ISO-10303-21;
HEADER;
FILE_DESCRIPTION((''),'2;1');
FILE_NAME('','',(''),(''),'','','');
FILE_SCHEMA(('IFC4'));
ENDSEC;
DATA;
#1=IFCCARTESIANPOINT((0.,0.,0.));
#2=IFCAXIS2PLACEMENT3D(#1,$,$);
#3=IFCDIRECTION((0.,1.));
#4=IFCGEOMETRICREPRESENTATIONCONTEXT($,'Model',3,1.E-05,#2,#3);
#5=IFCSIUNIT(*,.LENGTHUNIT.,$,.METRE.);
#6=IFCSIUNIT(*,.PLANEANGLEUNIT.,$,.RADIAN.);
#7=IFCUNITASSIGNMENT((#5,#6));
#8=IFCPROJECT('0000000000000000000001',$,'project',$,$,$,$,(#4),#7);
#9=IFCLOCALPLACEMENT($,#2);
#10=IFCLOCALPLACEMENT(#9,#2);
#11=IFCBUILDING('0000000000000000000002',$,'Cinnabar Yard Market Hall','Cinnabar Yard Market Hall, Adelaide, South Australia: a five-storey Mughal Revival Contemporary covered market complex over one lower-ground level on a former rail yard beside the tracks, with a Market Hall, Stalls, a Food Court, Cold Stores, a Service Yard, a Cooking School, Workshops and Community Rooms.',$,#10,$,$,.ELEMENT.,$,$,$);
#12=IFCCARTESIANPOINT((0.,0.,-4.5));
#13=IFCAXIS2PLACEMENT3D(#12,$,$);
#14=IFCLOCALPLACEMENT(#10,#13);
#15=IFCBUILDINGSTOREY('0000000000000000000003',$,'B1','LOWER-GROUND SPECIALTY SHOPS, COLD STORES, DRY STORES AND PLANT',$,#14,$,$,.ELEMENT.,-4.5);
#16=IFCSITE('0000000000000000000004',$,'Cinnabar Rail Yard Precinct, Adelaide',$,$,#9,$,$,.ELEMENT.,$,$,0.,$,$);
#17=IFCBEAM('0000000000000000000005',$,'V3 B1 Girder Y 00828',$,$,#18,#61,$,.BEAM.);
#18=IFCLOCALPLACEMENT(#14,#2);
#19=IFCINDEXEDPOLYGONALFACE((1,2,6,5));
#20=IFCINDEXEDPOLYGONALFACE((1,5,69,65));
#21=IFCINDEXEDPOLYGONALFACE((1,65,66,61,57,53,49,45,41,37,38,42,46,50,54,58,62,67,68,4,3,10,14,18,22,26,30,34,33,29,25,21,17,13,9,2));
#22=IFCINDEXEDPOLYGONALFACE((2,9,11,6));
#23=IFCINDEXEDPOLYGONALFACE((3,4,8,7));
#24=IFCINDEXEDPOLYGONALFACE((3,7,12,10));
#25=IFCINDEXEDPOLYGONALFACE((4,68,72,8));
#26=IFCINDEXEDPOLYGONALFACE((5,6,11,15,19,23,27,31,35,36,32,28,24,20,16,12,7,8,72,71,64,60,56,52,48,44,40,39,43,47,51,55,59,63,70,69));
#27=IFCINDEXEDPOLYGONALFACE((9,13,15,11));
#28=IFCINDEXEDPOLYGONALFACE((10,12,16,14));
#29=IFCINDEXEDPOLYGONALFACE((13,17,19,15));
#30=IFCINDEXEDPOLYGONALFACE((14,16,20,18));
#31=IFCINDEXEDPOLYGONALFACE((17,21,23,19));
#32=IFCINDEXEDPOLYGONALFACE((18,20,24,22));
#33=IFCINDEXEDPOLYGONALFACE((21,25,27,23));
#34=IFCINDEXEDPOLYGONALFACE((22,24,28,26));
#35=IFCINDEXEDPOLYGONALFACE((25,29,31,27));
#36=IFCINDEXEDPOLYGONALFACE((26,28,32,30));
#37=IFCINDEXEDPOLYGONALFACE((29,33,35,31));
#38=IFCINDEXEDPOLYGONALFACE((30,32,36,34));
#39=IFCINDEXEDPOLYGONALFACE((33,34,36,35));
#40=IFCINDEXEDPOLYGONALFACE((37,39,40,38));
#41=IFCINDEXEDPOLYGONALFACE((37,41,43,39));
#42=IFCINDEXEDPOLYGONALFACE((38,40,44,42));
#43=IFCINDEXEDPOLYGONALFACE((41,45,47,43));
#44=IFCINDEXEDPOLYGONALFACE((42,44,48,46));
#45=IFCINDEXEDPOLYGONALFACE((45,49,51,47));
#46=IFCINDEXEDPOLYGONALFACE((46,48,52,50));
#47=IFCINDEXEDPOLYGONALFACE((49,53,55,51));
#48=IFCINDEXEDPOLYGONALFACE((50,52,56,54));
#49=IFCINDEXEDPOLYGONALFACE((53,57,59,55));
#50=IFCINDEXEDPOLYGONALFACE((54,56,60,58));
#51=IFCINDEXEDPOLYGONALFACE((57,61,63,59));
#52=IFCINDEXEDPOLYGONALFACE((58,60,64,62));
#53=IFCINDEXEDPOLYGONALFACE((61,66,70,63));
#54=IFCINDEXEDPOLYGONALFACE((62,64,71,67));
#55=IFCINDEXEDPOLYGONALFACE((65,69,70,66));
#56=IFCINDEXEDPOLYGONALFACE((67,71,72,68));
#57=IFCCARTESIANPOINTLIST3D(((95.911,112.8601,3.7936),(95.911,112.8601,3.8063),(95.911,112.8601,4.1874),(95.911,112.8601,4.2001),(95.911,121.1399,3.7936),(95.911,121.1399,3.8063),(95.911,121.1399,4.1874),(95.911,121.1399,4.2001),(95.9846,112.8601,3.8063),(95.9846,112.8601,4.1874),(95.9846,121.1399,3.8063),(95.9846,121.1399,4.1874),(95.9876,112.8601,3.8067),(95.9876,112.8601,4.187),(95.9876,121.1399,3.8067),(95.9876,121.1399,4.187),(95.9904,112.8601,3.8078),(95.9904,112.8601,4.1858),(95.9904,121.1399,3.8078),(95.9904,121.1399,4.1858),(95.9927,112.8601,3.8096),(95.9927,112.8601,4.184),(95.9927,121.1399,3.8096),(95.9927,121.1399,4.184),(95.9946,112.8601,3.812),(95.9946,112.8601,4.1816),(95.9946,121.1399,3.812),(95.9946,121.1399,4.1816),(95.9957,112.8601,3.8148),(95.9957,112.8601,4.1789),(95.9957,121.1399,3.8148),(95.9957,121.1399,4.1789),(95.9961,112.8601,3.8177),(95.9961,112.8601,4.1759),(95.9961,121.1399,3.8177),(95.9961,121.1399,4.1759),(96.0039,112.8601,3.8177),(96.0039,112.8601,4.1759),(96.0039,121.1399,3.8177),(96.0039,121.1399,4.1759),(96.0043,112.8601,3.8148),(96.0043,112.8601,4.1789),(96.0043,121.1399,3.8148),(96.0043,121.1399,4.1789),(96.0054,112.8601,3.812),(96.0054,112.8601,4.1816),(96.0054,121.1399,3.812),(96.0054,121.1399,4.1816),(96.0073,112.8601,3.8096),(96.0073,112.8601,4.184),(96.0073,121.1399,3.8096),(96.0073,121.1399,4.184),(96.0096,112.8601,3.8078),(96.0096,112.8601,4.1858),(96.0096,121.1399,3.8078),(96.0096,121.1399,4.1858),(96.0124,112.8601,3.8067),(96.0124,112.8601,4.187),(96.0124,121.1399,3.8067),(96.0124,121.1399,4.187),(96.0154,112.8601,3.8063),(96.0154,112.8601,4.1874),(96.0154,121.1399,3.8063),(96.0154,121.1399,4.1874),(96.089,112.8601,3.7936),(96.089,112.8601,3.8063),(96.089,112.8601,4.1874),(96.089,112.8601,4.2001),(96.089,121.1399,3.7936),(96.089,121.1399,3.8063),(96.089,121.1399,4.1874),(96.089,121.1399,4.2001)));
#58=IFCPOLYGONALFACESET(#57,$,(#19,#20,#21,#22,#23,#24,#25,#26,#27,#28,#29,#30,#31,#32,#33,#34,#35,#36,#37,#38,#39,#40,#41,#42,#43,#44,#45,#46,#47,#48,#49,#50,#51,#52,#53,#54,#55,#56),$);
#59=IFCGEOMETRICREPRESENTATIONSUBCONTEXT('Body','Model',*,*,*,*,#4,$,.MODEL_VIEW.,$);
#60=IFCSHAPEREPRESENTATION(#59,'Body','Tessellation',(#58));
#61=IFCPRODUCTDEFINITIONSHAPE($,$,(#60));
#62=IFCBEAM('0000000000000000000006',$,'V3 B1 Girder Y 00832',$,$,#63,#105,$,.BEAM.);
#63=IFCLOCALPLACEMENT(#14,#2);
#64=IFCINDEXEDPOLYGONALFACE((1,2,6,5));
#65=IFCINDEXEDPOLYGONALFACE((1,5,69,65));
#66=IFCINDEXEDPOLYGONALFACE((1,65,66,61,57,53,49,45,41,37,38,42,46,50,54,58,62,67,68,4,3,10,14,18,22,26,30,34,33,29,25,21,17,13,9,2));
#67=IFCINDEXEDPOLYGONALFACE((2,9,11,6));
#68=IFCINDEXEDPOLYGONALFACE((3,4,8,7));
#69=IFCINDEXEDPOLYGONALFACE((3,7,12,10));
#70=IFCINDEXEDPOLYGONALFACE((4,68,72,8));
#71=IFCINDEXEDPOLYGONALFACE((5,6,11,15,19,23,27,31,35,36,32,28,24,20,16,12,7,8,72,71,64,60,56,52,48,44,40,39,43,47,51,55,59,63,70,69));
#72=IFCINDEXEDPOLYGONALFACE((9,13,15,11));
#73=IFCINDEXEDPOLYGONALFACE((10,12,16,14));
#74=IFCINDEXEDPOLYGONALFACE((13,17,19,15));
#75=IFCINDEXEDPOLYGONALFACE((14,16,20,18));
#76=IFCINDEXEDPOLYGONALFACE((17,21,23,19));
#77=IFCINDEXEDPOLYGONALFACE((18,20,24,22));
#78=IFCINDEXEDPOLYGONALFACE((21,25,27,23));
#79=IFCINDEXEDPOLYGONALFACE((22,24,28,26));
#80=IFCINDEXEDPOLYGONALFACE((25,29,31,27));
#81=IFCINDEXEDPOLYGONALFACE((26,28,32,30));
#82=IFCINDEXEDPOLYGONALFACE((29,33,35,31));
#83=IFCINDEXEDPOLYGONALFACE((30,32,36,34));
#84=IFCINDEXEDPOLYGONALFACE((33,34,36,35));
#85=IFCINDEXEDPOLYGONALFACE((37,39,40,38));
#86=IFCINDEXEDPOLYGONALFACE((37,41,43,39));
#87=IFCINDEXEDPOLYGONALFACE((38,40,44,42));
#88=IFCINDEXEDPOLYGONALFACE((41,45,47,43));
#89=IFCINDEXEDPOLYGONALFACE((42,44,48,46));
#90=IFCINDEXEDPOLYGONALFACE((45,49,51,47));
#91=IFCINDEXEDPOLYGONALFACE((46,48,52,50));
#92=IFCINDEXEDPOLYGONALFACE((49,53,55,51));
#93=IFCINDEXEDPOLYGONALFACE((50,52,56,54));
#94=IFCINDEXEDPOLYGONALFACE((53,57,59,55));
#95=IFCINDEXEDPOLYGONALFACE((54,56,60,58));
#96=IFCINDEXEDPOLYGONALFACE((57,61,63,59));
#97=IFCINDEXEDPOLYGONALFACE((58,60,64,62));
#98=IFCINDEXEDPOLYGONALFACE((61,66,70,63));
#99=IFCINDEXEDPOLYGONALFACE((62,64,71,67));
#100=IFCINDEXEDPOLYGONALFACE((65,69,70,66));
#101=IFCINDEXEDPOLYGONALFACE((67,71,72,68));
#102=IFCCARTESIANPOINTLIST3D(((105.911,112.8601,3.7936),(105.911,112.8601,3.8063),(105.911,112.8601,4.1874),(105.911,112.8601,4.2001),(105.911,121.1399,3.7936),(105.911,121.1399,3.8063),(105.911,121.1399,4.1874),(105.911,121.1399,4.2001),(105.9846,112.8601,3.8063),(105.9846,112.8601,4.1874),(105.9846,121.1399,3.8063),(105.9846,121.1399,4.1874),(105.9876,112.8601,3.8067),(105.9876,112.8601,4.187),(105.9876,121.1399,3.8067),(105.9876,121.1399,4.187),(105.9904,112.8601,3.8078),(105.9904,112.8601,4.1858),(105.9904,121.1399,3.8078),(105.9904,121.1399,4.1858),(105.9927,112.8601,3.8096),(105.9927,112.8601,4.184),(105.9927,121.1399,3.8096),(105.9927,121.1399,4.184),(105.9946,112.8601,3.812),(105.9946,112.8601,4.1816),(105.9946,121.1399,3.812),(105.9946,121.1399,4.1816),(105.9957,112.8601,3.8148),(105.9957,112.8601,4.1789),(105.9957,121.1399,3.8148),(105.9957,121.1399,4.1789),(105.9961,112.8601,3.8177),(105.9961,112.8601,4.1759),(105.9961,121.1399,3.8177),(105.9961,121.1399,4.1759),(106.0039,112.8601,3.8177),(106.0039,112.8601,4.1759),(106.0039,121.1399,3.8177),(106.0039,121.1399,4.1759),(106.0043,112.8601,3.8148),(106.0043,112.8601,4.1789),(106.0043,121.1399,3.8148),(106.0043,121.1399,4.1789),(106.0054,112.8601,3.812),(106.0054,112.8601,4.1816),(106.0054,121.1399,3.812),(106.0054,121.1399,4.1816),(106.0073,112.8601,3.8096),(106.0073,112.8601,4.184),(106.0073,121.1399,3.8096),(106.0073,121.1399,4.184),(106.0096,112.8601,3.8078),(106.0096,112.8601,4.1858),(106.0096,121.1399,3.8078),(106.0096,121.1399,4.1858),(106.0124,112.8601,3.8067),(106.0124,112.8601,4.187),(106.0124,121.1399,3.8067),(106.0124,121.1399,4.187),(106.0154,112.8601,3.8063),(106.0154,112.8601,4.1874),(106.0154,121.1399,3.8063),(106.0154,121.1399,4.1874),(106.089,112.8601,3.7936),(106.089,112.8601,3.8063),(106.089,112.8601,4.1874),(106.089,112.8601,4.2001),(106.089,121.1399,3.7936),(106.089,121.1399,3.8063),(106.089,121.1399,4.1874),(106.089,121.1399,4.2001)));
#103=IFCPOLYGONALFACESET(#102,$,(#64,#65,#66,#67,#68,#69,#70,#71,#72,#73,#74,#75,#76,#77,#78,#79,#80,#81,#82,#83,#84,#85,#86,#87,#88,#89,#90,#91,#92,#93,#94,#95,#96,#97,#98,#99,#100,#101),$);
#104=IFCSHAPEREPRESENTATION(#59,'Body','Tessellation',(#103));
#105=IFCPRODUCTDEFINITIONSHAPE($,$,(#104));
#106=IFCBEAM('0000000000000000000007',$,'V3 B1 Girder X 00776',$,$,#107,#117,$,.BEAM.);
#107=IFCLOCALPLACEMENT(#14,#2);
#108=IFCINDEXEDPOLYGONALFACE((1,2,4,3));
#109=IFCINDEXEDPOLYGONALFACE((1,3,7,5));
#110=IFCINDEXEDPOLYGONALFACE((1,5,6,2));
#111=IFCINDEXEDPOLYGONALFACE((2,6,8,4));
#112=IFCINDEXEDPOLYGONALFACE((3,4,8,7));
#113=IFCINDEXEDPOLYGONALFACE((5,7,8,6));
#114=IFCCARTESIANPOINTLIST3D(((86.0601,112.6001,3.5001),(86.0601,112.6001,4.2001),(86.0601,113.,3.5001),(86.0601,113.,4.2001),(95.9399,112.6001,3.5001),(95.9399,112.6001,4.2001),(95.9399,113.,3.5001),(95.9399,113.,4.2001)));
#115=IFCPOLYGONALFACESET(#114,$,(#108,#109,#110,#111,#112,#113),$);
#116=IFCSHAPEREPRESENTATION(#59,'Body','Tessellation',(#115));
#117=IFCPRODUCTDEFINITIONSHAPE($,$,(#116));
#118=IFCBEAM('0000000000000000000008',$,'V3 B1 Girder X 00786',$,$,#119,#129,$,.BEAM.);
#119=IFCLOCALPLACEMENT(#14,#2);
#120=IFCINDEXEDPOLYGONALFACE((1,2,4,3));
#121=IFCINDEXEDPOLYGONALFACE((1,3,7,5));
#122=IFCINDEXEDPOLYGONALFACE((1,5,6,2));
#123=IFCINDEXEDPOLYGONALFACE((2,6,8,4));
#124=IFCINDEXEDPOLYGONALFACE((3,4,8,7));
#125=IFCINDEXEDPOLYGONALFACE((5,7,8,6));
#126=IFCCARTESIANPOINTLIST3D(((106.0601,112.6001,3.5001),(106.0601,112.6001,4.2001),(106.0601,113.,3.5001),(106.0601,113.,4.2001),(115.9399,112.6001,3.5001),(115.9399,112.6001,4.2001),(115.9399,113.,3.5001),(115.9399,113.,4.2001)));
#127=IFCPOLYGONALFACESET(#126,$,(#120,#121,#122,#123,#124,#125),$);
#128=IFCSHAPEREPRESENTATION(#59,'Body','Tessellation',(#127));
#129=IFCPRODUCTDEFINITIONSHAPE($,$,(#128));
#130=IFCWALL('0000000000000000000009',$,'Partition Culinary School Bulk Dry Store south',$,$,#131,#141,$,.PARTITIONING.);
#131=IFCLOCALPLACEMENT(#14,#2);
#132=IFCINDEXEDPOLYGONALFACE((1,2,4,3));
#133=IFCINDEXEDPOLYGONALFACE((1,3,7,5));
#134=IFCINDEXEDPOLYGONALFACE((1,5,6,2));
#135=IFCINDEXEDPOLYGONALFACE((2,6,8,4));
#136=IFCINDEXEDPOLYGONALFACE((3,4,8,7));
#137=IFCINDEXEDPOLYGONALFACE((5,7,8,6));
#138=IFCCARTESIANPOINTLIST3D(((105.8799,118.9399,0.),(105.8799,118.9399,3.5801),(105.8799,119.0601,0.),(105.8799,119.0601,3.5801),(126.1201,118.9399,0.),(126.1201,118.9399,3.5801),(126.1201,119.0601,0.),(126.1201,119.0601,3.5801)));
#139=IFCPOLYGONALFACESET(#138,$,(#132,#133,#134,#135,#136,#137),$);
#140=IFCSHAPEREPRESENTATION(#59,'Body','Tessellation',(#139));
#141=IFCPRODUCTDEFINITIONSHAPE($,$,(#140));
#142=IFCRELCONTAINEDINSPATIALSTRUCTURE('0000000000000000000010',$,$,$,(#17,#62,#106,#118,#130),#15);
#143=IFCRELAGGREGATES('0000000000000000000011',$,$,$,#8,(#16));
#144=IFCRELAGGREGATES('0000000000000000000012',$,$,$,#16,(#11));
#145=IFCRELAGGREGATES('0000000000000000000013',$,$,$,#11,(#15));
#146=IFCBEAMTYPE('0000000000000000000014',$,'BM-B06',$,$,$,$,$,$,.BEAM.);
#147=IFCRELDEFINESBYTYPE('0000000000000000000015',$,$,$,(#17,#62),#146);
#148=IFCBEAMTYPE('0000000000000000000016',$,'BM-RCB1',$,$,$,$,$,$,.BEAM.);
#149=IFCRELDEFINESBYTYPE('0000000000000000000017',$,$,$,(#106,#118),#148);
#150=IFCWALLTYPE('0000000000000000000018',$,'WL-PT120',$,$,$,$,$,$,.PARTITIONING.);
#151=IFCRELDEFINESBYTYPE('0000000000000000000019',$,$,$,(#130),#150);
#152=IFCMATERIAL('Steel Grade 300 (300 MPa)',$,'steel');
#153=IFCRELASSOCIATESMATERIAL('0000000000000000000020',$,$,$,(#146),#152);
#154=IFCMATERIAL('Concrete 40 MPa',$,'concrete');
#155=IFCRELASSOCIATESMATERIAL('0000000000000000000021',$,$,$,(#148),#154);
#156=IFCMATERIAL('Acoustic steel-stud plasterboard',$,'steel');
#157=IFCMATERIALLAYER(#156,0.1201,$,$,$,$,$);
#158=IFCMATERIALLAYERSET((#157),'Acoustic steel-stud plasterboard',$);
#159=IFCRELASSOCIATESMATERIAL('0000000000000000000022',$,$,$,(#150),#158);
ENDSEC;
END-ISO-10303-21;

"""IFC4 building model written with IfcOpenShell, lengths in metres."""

from ifc_helpers import new_model, si_unit, direction, frame, frame_2d, origin, origin_2d_with_axis, place, context, subcontext, project, spatial, rectangle, i_section, extrude, material, layer, layer_set, material_profile, profile_set, type_object, element, save


model = new_model("IFC4")

# Units and contexts
model_context = context("Model", 3, precision=1e-05, world=origin(), true_north=direction((0.0, 1.0)))
body_context = subcontext(model_context, "Body", "Model", "MODEL_VIEW")
ifc_project = project(units=[si_unit("LENGTHUNIT", "METRE"), si_unit("PLANEANGLEUNIT", "RADIAN")], contexts=[model_context])

# Site, building, storey
site_placement = place(None, origin())
site = spatial("IfcSite", under=ifc_project, at=site_placement, Name="Cinnabar Rail Yard Precinct, Adelaide", CompositionType="ELEMENT", RefElevation=0.0)
building_placement = place(site_placement, origin())
building = spatial("IfcBuilding", under=site, at=building_placement, Name="Cinnabar Yard Market Hall", Description="Cinnabar Yard Market Hall, Adelaide, South Australia: a five-storey Mughal Revival Contemporary covered market complex over one lower-ground level on a former rail yard beside the tracks, with a Market Hall, Stalls, a Food Court, Cold Stores, a Service Yard, a Cooking School, Workshops and Community Rooms.", CompositionType="ELEMENT")
storey_placement = place(building_placement, frame((0.0, 0.0, -4.5)))
storey = spatial("IfcBuildingStorey", under=building, at=storey_placement, Name="B1", Description="LOWER-GROUND SPECIALTY SHOPS, COLD STORES, DRY STORES AND PLANT", CompositionType="ELEMENT", Elevation=-4.5)

# Shared definitions
ifc_material_1 = material(Name="Concrete 40 MPa", Category="concrete")

# Shared definitions
ifc_material_2 = material(Name="Steel Grade 300 (300 MPa)", Category="steel")

# Beams
ifc_material_profile_1 = material_profile(ifc_material_2, i_section(OverallWidth=0.178, OverallDepth=0.4065, WebThickness=0.0078, FlangeThickness=0.0127, FilletRadius=0.0115, at=origin_2d_with_axis()), Name="410UB59.7")
ifc_profile_set_1 = profile_set([ifc_material_profile_1], Name="Steel Grade 300 (300 MPa)")
beam_type_1 = type_object("IfcBeamType", Name="BM-B06", PredefinedType="BEAM", material=ifc_profile_set_1)
for number, where, z_axis, x_axis, name in (
    (1, (96.0, 112.8601, 3.9968), (0.0, 1.0, 0.0), (-1.0, 0.0, 0.0), "V3 B1 Girder Y 00828"),
    (2, (106.0, 112.8601, 3.9968), (0.0, 1.0, 0.0), (-1.0, 0.0, 0.0), "V3 B1 Girder Y 00832"),
):
    element("IfcBeam", number, at=place(storey_placement, frame(where, z_axis=z_axis, x_axis=x_axis)), inside=storey, type_object=beam_type_1, Name=name, PredefinedType="BEAM", context=body_context, shape_type="SweptSolid", body=[
        extrude(i_section(OverallWidth=0.178, OverallDepth=0.4065, WebThickness=0.0078, FlangeThickness=0.0127, FilletRadius=0.0115, at=origin_2d_with_axis()), origin(), (0.0, 0.0, 1.0), 8.2798),
    ])
ifc_material_profile_2 = material_profile(ifc_material_1, rectangle(XDim=0.3999, YDim=0.7, at=origin_2d_with_axis()), Name="RCB-400x700")
ifc_profile_set_2 = profile_set([ifc_material_profile_2], Name="Concrete 40 MPa")
beam_type_2 = type_object("IfcBeamType", Name="BM-RCB1", PredefinedType="BEAM", material=ifc_profile_set_2)
for number, where, z_axis, x_axis, name in (
    (3, (86.0601, 112.8, 3.8501), (1.0, 0.0, 0.0), (0.0, 1.0, 0.0), "V3 B1 Girder X 00776"),
    (4, (106.0601, 112.8, 3.8501), (1.0, 0.0, 0.0), (0.0, 1.0, 0.0), "V3 B1 Girder X 00786"),
):
    element("IfcBeam", number, at=place(storey_placement, frame(where, z_axis=z_axis, x_axis=x_axis)), inside=storey, type_object=beam_type_2, Name=name, PredefinedType="BEAM", context=body_context, shape_type="SweptSolid", body=[
        extrude(rectangle(XDim=0.3999, YDim=0.7, at=origin_2d_with_axis()), origin(), (0.0, 0.0, 1.0), 9.8799),
    ])

# Wall
ifc_material_3 = material(Name="Acoustic steel-stud plasterboard", Category="steel")
ifc_layer_1 = layer(ifc_material_3, 0.1201)
ifc_layer_set_1 = layer_set([ifc_layer_1], Name="Acoustic steel-stud plasterboard")
wall_type = type_object("IfcWallType", Name="WL-PT120", PredefinedType="PARTITIONING", material=ifc_layer_set_1)
wall_placement = place(storey_placement, frame((105.8799, 119.0, 0.0), z_axis=(0.0, 0.0, 1.0), x_axis=(1.0, 0.0, 0.0)))
element("IfcWall", 5, at=wall_placement, inside=storey, type_object=wall_type, Name="Partition Culinary School Bulk Dry Store south", PredefinedType="PARTITIONING", context=body_context, shape_type="SweptSolid", body=[
    extrude(rectangle(XDim=20.2402, YDim=0.1201, at=frame_2d((10.1201, 0.0), x_axis=(1.0, 0.0))), origin(), (0.0, 0.0, 1.0), 3.5801),
])

save(model, "model.ifc")
